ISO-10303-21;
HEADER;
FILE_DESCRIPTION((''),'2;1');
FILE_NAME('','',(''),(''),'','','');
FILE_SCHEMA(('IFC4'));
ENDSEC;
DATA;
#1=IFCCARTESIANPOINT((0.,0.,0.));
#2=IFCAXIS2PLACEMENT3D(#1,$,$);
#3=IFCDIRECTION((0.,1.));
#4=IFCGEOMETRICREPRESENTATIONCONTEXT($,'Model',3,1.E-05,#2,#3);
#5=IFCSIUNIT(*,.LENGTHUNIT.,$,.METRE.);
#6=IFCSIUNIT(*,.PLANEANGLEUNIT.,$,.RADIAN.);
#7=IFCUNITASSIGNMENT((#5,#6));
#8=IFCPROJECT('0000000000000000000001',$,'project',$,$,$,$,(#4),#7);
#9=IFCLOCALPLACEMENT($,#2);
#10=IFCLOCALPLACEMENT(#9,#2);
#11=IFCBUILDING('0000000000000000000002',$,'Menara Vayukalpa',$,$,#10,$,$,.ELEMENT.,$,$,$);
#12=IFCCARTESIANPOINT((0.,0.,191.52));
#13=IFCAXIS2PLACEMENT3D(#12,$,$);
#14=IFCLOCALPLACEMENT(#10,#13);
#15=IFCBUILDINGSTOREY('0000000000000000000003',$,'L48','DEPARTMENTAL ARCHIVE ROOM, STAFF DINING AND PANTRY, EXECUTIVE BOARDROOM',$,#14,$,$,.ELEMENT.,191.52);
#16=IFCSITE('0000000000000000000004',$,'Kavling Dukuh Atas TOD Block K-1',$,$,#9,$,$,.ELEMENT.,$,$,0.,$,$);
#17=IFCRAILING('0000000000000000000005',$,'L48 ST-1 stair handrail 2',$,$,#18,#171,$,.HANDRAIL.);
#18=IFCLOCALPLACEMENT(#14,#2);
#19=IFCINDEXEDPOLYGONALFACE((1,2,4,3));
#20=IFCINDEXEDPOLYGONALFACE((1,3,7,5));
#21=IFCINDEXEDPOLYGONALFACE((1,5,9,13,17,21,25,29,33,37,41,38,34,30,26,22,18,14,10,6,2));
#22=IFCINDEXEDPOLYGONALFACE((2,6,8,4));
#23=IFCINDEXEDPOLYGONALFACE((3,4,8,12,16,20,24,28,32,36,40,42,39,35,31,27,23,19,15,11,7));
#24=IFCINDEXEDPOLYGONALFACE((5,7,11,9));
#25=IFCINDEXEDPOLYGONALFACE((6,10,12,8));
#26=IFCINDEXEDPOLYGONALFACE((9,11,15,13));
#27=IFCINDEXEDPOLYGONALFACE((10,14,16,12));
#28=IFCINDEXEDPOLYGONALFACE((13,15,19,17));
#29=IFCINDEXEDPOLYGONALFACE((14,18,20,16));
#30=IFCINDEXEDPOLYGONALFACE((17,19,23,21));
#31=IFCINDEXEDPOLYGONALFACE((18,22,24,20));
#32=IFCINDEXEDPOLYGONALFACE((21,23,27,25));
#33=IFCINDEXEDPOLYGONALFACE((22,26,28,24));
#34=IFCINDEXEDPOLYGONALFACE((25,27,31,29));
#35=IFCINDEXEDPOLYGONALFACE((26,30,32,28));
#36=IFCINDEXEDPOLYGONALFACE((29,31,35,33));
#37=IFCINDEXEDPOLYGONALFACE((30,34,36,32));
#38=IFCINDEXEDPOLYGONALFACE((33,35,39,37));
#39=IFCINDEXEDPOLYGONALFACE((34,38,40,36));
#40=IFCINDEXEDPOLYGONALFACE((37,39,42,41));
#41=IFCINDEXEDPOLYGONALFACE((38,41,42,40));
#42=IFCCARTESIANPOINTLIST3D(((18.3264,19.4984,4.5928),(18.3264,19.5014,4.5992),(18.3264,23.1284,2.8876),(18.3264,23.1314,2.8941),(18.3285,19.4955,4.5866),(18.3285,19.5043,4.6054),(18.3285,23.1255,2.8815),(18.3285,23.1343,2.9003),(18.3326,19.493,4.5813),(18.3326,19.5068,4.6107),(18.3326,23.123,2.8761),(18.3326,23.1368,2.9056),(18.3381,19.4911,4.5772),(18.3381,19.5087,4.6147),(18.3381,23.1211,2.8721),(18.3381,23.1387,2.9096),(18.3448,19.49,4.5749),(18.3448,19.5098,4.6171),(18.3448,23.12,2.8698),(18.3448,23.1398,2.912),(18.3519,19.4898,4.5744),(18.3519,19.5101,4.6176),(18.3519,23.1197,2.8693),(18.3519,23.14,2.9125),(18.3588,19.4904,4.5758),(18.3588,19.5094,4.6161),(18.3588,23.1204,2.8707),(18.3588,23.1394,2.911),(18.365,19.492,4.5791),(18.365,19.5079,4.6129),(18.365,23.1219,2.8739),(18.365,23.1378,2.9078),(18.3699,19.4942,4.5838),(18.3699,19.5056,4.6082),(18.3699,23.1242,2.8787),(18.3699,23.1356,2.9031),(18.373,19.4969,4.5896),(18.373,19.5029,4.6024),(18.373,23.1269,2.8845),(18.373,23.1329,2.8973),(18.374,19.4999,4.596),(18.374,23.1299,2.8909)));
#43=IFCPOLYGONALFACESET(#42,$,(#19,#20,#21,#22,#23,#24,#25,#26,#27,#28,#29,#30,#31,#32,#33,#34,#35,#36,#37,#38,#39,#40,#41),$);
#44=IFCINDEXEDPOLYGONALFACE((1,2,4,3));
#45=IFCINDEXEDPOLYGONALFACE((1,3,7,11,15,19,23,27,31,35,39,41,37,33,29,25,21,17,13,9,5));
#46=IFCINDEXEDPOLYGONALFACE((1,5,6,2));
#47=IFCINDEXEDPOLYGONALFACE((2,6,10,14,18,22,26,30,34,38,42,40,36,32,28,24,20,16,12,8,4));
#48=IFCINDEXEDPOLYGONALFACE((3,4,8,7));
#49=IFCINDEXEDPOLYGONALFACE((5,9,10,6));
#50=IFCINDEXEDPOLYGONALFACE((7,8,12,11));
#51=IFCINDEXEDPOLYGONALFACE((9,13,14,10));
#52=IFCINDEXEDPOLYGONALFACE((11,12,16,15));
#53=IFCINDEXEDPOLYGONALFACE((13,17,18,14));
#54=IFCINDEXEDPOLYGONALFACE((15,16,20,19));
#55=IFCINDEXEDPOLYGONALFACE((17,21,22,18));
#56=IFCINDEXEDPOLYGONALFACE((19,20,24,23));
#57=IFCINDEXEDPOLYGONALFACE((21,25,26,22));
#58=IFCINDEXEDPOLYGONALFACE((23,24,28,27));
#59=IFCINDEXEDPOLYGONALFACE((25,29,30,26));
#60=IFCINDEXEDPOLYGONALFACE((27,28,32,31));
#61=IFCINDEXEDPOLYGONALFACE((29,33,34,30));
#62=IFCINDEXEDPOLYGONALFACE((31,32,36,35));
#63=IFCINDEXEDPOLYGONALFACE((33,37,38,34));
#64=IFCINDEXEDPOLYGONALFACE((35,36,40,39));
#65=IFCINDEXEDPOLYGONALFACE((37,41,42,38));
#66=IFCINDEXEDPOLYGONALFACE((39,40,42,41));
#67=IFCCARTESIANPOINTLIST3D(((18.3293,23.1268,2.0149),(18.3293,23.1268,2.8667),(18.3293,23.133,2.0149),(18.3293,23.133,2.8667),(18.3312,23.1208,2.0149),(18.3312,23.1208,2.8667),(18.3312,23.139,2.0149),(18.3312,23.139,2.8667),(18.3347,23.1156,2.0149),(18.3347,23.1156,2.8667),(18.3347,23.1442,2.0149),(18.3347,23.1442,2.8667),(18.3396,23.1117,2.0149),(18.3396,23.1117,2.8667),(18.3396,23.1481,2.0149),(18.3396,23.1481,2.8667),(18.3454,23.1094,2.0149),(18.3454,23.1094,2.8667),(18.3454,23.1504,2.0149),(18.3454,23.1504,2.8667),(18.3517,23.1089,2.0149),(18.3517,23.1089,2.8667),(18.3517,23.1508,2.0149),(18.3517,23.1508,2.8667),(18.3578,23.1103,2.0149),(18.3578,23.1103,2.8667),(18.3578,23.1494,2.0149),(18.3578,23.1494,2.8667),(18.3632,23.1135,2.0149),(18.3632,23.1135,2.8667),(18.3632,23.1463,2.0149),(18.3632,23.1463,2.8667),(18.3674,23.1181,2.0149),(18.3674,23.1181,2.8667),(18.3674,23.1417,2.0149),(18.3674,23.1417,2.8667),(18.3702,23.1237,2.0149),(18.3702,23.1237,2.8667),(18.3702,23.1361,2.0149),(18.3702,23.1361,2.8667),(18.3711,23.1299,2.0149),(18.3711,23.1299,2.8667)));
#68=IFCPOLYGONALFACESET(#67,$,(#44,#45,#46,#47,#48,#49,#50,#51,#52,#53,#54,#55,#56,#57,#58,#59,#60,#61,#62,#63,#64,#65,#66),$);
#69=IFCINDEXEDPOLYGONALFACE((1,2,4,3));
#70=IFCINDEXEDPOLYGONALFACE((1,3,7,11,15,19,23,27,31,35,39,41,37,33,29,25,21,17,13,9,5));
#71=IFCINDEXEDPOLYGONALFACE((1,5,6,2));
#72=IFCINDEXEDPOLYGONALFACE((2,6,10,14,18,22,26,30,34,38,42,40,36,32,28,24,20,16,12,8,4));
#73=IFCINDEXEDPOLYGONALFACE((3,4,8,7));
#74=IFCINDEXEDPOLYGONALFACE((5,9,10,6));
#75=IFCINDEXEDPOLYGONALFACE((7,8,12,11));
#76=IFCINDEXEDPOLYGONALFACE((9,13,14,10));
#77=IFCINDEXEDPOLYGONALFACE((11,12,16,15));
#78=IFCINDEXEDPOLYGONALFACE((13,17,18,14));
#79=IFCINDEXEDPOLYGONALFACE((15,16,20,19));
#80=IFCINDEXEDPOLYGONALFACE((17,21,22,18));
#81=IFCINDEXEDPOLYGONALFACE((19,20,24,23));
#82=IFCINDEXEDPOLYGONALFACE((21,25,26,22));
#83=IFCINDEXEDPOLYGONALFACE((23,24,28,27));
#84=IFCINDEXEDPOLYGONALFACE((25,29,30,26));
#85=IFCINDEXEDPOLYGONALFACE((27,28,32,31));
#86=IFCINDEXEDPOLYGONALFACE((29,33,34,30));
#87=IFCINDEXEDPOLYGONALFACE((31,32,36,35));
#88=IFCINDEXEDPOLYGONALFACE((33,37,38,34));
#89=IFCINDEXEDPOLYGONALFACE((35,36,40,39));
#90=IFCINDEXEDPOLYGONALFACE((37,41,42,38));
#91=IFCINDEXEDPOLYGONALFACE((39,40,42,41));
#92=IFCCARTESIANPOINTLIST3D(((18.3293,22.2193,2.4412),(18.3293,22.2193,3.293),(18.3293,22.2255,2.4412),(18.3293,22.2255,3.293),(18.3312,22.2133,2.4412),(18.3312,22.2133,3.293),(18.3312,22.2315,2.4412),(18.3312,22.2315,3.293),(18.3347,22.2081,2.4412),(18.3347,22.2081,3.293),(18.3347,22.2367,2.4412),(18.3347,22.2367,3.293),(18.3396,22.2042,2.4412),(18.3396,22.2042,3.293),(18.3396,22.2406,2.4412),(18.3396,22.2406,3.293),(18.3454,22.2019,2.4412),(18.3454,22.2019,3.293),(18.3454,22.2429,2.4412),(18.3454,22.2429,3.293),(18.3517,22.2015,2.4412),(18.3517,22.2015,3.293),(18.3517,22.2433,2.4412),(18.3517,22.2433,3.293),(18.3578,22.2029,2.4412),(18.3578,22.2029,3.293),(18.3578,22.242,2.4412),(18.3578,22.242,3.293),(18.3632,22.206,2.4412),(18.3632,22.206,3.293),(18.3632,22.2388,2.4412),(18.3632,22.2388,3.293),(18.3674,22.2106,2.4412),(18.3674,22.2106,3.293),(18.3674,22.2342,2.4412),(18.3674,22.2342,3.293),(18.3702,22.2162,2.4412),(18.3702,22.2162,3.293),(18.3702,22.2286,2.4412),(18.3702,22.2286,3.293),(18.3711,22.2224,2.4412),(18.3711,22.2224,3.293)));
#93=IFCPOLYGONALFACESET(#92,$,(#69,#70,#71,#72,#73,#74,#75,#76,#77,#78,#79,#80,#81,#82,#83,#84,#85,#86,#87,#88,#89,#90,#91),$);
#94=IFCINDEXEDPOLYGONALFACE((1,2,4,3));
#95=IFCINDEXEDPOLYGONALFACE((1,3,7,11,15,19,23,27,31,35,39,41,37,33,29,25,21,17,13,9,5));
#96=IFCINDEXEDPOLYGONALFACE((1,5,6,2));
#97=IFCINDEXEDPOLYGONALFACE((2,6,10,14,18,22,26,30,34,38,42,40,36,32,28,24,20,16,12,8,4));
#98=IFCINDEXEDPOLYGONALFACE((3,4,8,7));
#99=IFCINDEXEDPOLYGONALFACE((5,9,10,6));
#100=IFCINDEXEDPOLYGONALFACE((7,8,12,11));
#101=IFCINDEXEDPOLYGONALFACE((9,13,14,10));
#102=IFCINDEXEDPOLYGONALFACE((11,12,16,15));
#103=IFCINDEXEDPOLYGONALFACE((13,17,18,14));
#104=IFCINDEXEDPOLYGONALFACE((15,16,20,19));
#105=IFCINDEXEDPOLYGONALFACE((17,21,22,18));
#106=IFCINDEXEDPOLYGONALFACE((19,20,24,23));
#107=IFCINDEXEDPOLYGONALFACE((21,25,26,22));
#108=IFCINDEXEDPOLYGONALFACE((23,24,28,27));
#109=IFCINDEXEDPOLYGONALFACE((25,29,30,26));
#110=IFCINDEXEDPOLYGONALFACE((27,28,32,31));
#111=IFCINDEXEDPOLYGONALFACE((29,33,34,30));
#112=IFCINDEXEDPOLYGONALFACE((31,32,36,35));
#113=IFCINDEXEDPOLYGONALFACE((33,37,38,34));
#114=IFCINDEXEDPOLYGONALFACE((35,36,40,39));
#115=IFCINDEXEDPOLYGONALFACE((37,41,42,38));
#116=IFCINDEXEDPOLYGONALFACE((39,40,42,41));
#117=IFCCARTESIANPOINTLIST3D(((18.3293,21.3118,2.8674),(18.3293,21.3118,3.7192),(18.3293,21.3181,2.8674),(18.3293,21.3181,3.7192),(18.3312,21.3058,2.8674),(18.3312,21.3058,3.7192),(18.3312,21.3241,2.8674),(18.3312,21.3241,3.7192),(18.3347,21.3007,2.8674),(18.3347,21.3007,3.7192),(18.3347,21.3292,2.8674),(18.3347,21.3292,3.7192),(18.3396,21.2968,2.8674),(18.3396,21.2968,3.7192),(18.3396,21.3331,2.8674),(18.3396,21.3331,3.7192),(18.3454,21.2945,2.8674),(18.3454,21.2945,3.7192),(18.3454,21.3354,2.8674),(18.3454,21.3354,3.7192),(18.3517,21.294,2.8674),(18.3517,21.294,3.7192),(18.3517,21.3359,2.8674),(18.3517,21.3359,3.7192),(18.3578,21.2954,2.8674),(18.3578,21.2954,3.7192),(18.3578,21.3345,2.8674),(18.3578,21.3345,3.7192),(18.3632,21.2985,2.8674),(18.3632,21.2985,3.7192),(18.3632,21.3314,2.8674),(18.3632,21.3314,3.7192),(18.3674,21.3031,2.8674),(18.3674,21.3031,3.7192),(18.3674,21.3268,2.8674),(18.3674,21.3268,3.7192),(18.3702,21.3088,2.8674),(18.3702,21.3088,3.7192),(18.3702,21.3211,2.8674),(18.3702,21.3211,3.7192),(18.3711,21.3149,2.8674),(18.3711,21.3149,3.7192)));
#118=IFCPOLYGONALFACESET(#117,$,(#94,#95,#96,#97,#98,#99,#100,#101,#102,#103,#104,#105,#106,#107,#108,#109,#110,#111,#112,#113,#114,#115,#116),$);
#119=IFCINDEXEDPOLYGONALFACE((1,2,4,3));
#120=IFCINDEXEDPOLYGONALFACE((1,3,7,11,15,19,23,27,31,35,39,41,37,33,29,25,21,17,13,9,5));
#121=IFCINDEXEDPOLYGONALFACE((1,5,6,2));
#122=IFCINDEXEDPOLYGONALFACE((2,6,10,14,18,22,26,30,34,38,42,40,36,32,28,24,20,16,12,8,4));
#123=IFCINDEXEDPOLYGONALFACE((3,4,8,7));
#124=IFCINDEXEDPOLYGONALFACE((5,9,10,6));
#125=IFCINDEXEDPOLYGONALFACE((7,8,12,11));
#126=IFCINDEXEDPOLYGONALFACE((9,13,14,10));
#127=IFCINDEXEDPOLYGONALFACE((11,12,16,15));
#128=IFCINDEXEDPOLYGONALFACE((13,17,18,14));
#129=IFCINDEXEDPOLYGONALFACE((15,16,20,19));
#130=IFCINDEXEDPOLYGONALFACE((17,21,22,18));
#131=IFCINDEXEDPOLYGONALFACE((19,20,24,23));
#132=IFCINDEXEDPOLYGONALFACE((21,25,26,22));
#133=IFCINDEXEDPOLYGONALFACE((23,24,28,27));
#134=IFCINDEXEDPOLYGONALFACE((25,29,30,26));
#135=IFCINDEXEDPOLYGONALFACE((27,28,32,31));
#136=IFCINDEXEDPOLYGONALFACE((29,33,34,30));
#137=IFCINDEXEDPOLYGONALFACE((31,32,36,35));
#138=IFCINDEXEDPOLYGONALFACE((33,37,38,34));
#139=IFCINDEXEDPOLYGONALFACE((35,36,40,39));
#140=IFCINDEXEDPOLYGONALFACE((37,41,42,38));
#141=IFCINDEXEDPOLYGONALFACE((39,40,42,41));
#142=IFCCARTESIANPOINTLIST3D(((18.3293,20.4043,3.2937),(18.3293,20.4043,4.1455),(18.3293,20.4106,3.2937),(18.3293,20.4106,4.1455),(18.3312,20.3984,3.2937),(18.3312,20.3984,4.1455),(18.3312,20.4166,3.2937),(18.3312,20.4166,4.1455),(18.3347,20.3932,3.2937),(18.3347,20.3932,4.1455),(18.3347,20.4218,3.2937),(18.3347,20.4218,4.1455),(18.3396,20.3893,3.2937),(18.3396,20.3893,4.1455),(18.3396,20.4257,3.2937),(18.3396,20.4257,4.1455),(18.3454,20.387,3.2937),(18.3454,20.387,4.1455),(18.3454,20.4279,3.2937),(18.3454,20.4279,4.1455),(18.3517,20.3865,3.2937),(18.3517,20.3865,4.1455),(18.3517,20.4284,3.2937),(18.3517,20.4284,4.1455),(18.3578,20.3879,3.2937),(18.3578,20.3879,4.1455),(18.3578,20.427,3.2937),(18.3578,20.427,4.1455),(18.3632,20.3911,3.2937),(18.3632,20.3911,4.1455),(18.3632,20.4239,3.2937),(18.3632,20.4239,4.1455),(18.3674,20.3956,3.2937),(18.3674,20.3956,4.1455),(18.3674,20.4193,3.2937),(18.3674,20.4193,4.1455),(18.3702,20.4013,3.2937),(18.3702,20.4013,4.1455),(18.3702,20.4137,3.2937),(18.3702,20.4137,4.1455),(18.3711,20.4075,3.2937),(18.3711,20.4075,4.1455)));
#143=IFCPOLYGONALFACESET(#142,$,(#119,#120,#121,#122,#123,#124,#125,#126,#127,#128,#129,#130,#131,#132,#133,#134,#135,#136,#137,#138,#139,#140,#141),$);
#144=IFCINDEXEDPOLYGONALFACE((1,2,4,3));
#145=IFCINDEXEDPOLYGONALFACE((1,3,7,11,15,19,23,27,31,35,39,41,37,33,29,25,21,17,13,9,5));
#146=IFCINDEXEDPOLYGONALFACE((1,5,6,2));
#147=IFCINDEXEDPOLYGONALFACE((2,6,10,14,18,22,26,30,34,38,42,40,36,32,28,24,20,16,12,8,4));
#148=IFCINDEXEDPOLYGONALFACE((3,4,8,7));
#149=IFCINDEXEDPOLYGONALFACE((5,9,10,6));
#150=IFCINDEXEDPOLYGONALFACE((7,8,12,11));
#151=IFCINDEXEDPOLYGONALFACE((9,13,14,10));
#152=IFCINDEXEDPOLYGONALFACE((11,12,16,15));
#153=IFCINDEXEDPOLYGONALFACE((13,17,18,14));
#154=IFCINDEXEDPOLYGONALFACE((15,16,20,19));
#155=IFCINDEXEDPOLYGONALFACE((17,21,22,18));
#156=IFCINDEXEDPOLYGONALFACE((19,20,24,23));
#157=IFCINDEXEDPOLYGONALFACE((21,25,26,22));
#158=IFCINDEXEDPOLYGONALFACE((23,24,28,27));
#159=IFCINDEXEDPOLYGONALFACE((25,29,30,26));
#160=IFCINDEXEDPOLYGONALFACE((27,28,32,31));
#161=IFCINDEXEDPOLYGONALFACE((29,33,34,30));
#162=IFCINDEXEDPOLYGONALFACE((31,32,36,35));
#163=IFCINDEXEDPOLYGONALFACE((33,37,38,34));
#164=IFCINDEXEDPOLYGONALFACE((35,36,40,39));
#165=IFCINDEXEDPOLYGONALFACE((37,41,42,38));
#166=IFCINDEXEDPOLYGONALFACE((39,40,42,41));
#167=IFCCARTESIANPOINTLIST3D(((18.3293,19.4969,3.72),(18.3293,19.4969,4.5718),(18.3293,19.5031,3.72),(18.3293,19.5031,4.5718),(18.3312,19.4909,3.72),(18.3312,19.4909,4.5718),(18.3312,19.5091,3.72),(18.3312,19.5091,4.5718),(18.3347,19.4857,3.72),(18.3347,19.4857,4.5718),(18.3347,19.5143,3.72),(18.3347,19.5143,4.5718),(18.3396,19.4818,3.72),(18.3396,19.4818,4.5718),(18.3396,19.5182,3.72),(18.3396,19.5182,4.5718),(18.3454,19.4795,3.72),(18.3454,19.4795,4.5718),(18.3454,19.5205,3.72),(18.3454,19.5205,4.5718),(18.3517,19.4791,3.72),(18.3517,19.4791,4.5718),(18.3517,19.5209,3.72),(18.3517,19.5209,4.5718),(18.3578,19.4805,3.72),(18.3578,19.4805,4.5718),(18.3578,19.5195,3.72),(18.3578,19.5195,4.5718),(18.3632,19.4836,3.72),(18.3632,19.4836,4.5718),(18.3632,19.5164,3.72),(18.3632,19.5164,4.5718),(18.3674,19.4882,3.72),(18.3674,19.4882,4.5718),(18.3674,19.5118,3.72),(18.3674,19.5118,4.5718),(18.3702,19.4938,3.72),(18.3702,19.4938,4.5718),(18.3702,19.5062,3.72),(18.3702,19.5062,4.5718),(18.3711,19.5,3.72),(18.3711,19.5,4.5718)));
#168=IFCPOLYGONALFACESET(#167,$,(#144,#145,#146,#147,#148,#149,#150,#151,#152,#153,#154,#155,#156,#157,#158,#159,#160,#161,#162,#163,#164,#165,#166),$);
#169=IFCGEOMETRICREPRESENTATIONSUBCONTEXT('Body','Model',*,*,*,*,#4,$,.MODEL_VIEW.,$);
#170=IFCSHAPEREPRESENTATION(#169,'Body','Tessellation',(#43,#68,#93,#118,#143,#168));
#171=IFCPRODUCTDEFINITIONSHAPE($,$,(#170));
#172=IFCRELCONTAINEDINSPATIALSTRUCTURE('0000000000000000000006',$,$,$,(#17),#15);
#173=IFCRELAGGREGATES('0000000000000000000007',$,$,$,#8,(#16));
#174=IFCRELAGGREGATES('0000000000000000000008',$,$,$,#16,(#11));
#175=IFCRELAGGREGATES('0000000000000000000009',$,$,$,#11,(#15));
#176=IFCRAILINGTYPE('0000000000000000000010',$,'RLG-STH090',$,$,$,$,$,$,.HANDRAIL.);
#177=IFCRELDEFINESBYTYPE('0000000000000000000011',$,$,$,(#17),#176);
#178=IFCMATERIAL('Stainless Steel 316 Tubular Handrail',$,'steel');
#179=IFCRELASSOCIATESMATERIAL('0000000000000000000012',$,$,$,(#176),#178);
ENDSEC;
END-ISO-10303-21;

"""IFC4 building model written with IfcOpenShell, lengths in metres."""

from ifc_helpers import new_model, si_unit, direction, frame, origin, origin_2d, place, context, subcontext, project, spatial, circle, extrude, material, type_object, element, save


model = new_model("IFC4")

# Units and contexts
model_context = context("Model", 3, precision=1e-05, world=origin(), true_north=direction((0.0, 1.0)))
body_context = subcontext(model_context, "Body", "Model", "MODEL_VIEW")
ifc_project = project(units=[si_unit("LENGTHUNIT", "METRE"), si_unit("PLANEANGLEUNIT", "RADIAN")], contexts=[model_context])

# Site, building, storey
site_placement = place(None, origin())
site = spatial("IfcSite", under=ifc_project, at=site_placement, Name="Kavling Dukuh Atas TOD Block K-1", CompositionType="ELEMENT", RefElevation=0.0)
building_placement = place(site_placement, origin())
building = spatial("IfcBuilding", under=site, at=building_placement, Name="Menara Vayukalpa", CompositionType="ELEMENT")
storey_placement = place(building_placement, frame((0.0, 0.0, 191.52)))
storey = spatial("IfcBuildingStorey", under=building, at=storey_placement, Name="L48", Description="DEPARTMENTAL ARCHIVE ROOM, STAFF DINING AND PANTRY, EXECUTIVE BOARDROOM", CompositionType="ELEMENT", Elevation=191.52)

# Railing
ifc_material_1 = material(Name="Stainless Steel 316 Tubular Handrail", Category="steel")
railing_type_1 = type_object("IfcRailingType", Name="RLG-STH090", PredefinedType="HANDRAIL", material=ifc_material_1)
railing_1_placement = place(storey_placement, frame((18.3501, 23.1299, 2.0149)))
element("IfcRailing", 1, at=railing_1_placement, inside=storey, type_object=railing_type_1, Name="L48 ST-1 stair handrail 2", PredefinedType="HANDRAIL", context=body_context, shape_type="SweptSolid", body=[
    extrude(circle(Radius=0.0239, at=origin_2d()), frame((0.0, 0.0, 0.876), z_axis=(0.0, -0.905116, 0.425164), x_axis=(1.0, 0.0, 0.0)), (0.0, 0.0, 1.0), 4.0105),
    extrude(circle(Radius=0.021, at=origin_2d()), origin(), (0.0, 0.0, 1.0), 0.8518),
    extrude(circle(Radius=0.021, at=origin_2d()), frame((0.0, -0.9075, 0.4263)), (0.0, 0.0, 1.0), 0.8518),
    extrude(circle(Radius=0.021, at=origin_2d()), frame((0.0, -1.8149, 0.8525)), (0.0, 0.0, 1.0), 0.8518),
    extrude(circle(Radius=0.021, at=origin_2d()), frame((0.0, -2.7224, 1.2788)), (0.0, 0.0, 1.0), 0.8518),
    extrude(circle(Radius=0.021, at=origin_2d()), frame((0.0, -3.6299, 1.7051)), (0.0, 0.0, 1.0), 0.8518),
])

save(model, "model.ifc")
